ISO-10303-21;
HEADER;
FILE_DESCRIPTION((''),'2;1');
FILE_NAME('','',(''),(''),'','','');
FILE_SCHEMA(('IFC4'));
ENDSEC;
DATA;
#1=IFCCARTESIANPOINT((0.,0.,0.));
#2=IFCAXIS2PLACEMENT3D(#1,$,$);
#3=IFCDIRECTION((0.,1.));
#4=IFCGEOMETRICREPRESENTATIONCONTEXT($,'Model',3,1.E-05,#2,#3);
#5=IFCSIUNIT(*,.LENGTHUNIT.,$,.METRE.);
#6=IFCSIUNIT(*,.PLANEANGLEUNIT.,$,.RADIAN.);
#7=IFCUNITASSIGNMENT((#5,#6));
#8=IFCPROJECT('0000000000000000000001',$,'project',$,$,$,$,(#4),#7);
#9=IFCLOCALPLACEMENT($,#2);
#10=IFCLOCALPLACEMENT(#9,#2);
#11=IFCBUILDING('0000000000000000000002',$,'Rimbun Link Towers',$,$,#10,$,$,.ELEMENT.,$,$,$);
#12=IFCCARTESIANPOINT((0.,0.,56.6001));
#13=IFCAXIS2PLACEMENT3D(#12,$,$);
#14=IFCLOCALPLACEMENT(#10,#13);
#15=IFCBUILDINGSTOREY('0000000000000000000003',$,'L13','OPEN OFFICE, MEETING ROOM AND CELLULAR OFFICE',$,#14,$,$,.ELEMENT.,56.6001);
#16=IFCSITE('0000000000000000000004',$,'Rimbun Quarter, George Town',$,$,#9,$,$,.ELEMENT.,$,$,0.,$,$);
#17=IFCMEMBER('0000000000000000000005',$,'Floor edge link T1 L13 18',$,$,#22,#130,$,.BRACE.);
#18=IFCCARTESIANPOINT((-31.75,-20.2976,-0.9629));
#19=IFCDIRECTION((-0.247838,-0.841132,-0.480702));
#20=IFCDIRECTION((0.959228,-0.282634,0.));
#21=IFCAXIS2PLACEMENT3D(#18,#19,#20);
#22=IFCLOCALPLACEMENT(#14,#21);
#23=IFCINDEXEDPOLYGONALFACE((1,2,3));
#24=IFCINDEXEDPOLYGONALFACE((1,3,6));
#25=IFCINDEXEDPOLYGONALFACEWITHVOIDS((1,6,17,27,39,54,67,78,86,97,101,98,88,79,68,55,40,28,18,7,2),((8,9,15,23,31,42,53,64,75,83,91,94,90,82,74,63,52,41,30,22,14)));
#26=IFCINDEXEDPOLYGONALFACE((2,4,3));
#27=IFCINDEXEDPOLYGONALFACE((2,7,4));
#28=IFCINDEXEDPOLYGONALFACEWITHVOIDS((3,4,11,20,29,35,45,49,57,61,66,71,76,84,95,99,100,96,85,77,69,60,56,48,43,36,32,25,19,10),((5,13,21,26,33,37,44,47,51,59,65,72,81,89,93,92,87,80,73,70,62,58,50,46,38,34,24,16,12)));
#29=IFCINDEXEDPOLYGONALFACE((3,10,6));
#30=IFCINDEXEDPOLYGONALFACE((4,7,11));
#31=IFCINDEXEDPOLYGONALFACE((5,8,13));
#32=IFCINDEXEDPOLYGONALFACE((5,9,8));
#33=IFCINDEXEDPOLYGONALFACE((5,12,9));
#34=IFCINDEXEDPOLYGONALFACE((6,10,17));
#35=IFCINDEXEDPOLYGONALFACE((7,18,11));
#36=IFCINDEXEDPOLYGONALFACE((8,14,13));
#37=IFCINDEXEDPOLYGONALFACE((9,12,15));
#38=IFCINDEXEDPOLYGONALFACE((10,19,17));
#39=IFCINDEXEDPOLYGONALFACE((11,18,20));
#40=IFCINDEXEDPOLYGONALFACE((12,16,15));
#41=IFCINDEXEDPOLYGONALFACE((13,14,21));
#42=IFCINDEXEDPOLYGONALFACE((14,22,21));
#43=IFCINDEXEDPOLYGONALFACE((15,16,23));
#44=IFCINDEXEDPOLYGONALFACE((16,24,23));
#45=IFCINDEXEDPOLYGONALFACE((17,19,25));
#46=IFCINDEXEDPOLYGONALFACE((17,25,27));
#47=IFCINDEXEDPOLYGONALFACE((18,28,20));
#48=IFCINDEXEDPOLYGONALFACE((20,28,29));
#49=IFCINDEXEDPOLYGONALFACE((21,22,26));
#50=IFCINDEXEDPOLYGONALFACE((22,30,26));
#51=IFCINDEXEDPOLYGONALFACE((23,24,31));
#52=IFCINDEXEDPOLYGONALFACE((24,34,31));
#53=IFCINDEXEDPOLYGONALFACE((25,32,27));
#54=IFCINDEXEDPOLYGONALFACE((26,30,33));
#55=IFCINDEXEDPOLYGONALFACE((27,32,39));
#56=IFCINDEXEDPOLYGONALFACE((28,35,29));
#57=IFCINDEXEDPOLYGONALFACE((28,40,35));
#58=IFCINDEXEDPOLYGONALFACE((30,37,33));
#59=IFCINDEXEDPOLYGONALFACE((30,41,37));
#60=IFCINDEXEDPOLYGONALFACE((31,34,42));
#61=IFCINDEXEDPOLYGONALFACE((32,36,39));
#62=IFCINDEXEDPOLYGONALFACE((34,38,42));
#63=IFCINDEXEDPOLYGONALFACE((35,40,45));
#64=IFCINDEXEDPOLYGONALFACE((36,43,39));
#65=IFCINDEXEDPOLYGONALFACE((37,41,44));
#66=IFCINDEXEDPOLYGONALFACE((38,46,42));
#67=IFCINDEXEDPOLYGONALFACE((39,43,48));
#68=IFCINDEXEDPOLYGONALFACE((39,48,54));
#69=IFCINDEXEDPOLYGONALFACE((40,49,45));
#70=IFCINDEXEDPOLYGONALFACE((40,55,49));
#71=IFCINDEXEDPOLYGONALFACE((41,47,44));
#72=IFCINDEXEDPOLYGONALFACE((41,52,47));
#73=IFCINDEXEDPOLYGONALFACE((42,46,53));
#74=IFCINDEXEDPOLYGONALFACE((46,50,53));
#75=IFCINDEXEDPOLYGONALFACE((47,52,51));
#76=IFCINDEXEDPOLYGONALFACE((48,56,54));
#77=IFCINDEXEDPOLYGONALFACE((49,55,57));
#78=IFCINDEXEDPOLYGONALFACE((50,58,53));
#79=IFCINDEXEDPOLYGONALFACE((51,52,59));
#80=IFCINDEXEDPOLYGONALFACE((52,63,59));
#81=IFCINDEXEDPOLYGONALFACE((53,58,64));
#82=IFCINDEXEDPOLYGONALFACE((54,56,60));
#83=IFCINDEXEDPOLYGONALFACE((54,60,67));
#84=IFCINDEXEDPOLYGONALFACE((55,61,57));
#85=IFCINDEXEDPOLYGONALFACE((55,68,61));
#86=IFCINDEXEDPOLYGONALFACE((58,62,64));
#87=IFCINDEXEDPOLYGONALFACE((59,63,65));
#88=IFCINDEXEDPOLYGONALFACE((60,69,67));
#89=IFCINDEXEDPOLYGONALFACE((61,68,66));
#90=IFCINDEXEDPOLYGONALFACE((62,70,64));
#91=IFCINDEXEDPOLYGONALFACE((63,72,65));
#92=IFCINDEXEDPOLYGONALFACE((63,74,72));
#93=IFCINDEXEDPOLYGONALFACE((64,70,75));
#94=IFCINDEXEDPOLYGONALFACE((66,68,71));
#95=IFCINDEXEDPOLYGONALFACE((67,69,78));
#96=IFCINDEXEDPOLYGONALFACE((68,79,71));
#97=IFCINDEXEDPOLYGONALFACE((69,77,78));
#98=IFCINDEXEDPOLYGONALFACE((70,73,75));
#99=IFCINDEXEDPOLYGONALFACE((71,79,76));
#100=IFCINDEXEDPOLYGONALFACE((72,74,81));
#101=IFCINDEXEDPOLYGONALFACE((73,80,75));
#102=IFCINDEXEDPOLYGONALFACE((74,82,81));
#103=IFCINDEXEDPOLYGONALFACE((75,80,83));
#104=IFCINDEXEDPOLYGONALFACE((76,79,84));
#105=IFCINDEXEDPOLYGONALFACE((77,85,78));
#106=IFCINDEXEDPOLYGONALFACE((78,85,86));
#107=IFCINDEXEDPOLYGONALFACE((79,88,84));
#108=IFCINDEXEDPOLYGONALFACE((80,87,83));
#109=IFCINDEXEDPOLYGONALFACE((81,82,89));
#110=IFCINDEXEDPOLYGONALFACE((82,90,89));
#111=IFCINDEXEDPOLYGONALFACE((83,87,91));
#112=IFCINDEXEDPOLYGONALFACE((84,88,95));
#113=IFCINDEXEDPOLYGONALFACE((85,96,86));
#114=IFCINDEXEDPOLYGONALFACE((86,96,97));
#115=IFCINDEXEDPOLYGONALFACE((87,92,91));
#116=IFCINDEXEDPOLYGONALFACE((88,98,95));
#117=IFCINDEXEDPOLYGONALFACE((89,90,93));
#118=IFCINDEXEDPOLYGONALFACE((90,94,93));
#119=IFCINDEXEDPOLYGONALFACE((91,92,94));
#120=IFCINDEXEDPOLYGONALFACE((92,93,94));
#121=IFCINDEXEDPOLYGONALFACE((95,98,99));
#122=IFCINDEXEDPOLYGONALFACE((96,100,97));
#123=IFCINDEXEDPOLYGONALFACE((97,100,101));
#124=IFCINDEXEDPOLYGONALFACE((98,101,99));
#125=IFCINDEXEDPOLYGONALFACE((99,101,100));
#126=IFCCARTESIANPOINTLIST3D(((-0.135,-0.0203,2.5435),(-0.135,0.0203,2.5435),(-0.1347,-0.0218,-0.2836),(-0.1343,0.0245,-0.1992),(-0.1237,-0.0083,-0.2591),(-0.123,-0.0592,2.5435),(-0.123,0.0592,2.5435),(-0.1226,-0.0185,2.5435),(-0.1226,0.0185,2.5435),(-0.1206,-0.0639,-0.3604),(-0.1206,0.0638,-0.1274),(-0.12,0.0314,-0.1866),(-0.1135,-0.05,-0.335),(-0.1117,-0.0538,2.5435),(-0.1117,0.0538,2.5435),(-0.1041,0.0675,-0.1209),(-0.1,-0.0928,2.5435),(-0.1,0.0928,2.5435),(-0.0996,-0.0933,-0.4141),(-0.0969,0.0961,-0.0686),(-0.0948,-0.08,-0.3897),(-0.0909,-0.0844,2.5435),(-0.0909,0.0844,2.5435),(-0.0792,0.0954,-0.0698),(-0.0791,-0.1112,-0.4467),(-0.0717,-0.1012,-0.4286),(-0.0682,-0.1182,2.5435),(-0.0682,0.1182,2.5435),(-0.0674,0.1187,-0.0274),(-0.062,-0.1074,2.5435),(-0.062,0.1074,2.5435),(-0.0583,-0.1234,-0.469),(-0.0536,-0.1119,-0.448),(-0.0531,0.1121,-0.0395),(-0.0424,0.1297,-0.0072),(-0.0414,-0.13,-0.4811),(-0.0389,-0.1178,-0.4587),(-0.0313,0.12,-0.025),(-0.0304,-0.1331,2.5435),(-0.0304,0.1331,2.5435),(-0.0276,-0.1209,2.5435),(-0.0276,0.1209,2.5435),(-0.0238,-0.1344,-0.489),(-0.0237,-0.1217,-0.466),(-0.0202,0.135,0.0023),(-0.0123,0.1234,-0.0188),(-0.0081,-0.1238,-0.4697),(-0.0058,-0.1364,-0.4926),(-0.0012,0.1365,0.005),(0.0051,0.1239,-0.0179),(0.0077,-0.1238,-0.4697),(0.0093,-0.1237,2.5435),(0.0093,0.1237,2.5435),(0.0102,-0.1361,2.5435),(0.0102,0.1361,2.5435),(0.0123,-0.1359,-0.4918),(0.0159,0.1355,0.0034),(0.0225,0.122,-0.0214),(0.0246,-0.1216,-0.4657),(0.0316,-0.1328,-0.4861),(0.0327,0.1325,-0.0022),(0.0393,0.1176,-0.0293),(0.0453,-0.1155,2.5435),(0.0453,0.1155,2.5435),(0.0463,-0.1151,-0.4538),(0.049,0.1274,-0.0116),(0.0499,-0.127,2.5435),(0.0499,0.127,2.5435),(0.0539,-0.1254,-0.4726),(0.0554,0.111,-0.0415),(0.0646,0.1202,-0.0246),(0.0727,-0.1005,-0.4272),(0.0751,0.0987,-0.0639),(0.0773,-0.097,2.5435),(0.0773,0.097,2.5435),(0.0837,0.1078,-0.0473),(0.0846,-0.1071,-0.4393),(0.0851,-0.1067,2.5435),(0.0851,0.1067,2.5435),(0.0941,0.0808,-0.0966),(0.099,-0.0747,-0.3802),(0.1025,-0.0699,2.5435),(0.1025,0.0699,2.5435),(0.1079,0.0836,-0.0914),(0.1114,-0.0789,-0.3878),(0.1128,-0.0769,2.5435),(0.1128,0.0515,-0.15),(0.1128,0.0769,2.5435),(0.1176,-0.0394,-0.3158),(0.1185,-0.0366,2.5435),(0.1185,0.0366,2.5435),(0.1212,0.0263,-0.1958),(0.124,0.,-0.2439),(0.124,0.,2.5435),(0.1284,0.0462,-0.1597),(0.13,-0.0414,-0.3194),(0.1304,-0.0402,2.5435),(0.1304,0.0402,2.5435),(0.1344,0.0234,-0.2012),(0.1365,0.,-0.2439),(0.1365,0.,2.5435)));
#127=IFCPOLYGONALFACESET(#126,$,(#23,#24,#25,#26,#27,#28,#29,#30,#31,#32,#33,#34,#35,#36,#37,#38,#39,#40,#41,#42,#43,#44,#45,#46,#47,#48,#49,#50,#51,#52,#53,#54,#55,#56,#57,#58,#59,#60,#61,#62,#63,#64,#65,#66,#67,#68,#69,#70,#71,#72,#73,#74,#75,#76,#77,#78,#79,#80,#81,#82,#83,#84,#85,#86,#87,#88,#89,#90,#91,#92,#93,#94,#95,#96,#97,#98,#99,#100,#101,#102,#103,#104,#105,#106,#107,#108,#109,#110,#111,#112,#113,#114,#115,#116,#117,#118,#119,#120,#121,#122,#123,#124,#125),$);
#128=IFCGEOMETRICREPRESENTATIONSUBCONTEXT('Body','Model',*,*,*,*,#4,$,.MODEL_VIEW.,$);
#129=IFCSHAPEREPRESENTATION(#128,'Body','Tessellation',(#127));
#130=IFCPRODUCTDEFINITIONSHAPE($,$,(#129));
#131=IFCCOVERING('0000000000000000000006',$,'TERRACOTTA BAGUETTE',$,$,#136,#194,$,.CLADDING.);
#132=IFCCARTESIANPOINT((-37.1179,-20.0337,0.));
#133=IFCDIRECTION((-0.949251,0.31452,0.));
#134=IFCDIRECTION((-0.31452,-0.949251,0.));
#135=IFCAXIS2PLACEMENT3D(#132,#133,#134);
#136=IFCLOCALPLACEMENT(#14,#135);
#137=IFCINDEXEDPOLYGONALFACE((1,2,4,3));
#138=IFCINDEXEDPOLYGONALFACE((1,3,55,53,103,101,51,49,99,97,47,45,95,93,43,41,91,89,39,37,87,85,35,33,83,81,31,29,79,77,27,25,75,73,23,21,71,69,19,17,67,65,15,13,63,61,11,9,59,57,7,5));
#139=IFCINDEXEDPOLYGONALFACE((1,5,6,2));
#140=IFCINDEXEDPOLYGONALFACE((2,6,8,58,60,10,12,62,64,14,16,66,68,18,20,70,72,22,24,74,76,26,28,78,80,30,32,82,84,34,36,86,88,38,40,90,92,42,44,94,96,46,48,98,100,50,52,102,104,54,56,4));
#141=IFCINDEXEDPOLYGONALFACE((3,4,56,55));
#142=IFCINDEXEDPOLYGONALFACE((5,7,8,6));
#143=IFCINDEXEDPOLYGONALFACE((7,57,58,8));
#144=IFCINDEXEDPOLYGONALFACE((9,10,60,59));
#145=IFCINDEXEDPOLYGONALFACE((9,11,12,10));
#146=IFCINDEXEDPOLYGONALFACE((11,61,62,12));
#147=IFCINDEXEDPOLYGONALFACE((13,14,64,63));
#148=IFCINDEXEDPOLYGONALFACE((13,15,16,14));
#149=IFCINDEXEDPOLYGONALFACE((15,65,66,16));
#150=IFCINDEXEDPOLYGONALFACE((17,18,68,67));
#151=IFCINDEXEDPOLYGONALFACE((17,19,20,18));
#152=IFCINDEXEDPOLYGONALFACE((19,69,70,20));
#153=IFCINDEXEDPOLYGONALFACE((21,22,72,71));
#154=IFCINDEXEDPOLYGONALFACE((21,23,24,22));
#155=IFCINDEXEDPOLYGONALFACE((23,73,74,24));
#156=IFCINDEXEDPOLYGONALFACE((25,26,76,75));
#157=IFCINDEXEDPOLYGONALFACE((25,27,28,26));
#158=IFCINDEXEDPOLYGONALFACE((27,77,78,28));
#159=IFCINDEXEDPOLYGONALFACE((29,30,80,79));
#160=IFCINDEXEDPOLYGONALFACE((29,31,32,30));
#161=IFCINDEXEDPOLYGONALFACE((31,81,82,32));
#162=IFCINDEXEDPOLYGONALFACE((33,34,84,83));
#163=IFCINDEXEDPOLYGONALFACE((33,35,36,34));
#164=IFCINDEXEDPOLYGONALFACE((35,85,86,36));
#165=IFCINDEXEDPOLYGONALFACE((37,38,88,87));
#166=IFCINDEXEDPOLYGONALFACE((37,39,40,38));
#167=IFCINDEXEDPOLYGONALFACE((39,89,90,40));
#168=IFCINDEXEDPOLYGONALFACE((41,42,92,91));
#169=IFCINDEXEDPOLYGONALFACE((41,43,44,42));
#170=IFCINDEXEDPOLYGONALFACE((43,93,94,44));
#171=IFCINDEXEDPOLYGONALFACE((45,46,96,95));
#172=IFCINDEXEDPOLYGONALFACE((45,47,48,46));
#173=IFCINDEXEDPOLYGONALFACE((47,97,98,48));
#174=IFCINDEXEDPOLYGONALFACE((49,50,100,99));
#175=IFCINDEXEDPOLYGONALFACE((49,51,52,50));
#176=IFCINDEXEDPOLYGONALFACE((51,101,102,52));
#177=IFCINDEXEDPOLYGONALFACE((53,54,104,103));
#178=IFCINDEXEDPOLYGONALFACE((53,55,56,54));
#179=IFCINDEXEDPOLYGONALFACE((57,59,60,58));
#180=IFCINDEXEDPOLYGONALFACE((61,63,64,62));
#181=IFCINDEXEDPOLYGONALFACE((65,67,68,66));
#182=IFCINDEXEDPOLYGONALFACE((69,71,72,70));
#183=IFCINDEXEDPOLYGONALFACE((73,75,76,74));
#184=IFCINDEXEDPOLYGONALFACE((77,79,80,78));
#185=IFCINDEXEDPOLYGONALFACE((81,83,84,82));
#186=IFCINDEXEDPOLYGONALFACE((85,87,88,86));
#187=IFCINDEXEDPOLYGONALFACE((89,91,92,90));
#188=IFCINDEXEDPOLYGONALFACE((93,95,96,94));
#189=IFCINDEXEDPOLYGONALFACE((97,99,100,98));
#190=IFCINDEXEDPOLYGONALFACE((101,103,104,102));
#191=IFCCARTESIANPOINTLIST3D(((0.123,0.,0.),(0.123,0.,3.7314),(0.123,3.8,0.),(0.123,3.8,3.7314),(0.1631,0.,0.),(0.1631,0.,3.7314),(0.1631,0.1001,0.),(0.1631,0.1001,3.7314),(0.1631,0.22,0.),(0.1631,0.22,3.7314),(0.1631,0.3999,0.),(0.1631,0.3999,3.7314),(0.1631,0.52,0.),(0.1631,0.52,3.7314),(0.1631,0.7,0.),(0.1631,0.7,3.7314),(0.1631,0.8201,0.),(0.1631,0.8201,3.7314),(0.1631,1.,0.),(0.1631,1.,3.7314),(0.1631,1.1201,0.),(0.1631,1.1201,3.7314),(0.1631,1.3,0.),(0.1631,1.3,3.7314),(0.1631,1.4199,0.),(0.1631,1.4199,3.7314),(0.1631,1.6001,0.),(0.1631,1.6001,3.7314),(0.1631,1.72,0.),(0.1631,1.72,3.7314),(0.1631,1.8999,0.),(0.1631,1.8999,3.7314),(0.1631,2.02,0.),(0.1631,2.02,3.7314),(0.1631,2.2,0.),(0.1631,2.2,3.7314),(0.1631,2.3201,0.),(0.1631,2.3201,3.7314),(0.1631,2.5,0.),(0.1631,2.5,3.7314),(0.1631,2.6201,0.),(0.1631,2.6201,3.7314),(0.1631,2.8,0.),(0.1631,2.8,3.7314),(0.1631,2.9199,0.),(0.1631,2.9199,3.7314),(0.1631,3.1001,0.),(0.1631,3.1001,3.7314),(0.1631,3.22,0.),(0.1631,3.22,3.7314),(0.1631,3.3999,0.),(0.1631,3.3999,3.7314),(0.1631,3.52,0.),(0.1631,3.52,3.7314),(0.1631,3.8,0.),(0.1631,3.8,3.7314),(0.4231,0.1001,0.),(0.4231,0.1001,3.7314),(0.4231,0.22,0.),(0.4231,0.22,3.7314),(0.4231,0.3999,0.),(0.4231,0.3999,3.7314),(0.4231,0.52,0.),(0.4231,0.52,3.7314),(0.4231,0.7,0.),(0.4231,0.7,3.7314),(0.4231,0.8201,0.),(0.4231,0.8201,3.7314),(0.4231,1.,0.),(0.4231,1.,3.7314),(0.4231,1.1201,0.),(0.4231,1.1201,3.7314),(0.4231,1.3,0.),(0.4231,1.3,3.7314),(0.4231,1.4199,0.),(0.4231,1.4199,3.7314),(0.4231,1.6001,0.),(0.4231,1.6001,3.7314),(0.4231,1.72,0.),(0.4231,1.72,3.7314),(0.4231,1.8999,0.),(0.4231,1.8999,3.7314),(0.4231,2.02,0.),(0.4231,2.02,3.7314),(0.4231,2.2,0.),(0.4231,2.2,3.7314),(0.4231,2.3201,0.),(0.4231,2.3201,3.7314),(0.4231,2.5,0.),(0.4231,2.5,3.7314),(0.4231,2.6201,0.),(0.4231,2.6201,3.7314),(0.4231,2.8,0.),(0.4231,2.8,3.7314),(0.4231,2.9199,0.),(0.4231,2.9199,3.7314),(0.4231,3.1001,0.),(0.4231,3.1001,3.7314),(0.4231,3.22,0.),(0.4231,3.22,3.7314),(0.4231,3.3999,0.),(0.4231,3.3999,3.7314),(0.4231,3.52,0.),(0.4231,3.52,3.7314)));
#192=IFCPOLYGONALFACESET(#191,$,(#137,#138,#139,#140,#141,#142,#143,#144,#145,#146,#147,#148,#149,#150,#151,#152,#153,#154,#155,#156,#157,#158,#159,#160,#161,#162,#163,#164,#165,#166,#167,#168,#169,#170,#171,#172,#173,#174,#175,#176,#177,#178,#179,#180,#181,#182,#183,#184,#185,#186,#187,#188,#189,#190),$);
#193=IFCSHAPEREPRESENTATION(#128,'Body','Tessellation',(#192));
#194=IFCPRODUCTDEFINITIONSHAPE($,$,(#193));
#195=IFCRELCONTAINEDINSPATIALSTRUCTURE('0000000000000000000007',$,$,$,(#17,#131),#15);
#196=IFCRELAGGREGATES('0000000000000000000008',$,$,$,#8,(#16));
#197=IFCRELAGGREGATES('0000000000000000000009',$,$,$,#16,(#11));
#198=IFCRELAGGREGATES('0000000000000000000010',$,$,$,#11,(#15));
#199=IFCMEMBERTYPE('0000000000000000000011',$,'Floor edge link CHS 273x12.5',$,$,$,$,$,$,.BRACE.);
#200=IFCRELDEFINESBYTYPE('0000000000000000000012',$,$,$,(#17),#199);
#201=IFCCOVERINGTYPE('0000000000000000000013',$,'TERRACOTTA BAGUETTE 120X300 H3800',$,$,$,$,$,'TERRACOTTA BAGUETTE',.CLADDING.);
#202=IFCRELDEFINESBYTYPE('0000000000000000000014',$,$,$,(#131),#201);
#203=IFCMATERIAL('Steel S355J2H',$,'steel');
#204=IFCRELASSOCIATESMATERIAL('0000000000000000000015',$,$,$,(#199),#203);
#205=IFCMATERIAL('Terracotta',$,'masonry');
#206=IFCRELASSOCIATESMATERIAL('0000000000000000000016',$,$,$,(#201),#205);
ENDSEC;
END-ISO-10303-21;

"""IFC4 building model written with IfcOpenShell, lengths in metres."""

from ifc_helpers import new_model, si_unit, direction, frame, origin, origin_2d, place, context, subcontext, project, spatial, polyline, hollow_circle, outline, extrude, clip, halfspace, material, material_profile, profile_set, type_object, element, save


model = new_model("IFC4")

# Units and contexts
model_context = context("Model", 3, precision=1e-05, world=origin(), true_north=direction((0.0, 1.0)))
body_context = subcontext(model_context, "Body", "Model", "MODEL_VIEW")
ifc_project = project(units=[si_unit("LENGTHUNIT", "METRE"), si_unit("PLANEANGLEUNIT", "RADIAN")], contexts=[model_context])

# Site, building, storey
site_placement = place(None, origin())
site = spatial("IfcSite", under=ifc_project, at=site_placement, Name="Rimbun Quarter, George Town", CompositionType="ELEMENT", RefElevation=0.0)
building_placement = place(site_placement, origin())
building = spatial("IfcBuilding", under=site, at=building_placement, Name="Rimbun Link Towers", CompositionType="ELEMENT")
storey_placement = place(building_placement, frame((0.0, 0.0, 56.6001)))
storey = spatial("IfcBuildingStorey", under=building, at=storey_placement, Name="L13", Description="OPEN OFFICE, MEETING ROOM AND CELLULAR OFFICE", CompositionType="ELEMENT", Elevation=56.6001)

# Member
ifc_material_1 = material(Name="Steel S355J2H", Category="steel")
ifc_material_profile_1 = material_profile(ifc_material_1, hollow_circle(Radius=0.1365, WallThickness=0.0125, at=origin_2d()), Name="CHS 273x12.5")
ifc_profile_set_1 = profile_set([ifc_material_profile_1], Name="Steel S355J2H")
member_type_1 = type_object("IfcMemberType", Name="Floor edge link CHS 273x12.5", PredefinedType="BRACE", material=ifc_profile_set_1)
member_1_placement = place(storey_placement, frame((-31.75, -20.2976, -0.9629), z_axis=(-0.247838, -0.841132, -0.480702), x_axis=(0.959228, -0.282634, 0.0)))
element("IfcMember", 1, at=member_1_placement, inside=storey, type_object=member_type_1, Name="Floor edge link T1 L13 18", PredefinedType="BRACE", context=body_context, shape_type="Clipping", body=[
    clip(extrude(hollow_circle(Radius=0.1365, WallThickness=0.0125, at=origin_2d()), frame((0.0, 0.0, -0.5188)), (0.0, 0.0, 1.0), 3.0623), halfspace(frame((0.0, 0.0, -0.2439), z_axis=(0.0, 0.876884, -0.480702)), False)),
])

# Covering
ifc_material_2 = material(Name="Terracotta", Category="masonry")
ifc_material_profile_2 = material_profile(ifc_material_2, outline(polyline([(0.123, 0.0), (0.1631, 0.0), (0.1631, 0.1001), (0.4231, 0.1001), (0.4231, 0.22), (0.1631, 0.22), (0.1631, 0.3999), (0.4231, 0.3999), (0.4231, 0.52), (0.1631, 0.52), (0.1631, 0.7), (0.4231, 0.7), (0.4231, 0.8201), (0.1631, 0.8201), (0.1631, 1.0), (0.4231, 1.0), (0.4231, 1.1201), (0.1631, 1.1201), (0.1631, 1.3), (0.4231, 1.3), (0.4231, 1.4199), (0.1631, 1.4199), (0.1631, 1.6001), (0.4231, 1.6001), (0.4231, 1.72), (0.1631, 1.72), (0.1631, 1.8999), (0.4231, 1.8999), (0.4231, 2.02), (0.1631, 2.02), (0.1631, 2.2), (0.4231, 2.2), (0.4231, 2.3201), (0.1631, 2.3201), (0.1631, 2.5), (0.4231, 2.5), (0.4231, 2.6201), (0.1631, 2.6201), (0.1631, 2.8), (0.4231, 2.8), (0.4231, 2.9199), (0.1631, 2.9199), (0.1631, 3.1001), (0.4231, 3.1001), (0.4231, 3.22), (0.1631, 3.22), (0.1631, 3.3999), (0.4231, 3.3999), (0.4231, 3.52), (0.1631, 3.52), (0.1631, 3.8), (0.123, 3.8), (0.123, 0.0)])), Name="BAGUETTE 120X300")
ifc_profile_set_2 = profile_set([ifc_material_profile_2], Name="Terracotta")
covering_type = type_object("IfcCoveringType", Name="TERRACOTTA BAGUETTE 120X300 H3800", ElementType="TERRACOTTA BAGUETTE", PredefinedType="CLADDING", material=ifc_profile_set_2)
covering_1_placement = place(storey_placement, frame((-37.1179, -20.0337, 0.0), z_axis=(-0.949251, 0.31452, 0.0), x_axis=(-0.31452, -0.949251, 0.0)))
element("IfcCovering", 2, at=covering_1_placement, inside=storey, type_object=covering_type, Name="TERRACOTTA BAGUETTE", PredefinedType="CLADDING", context=body_context, shape_type="SweptSolid", body=[
    extrude(outline(polyline([(0.123, 0.0), (0.1631, 0.0), (0.1631, 0.1001), (0.4231, 0.1001), (0.4231, 0.22), (0.1631, 0.22), (0.1631, 0.3999), (0.4231, 0.3999), (0.4231, 0.52), (0.1631, 0.52), (0.1631, 0.7), (0.4231, 0.7), (0.4231, 0.8201), (0.1631, 0.8201), (0.1631, 1.0), (0.4231, 1.0), (0.4231, 1.1201), (0.1631, 1.1201), (0.1631, 1.3), (0.4231, 1.3), (0.4231, 1.4199), (0.1631, 1.4199), (0.1631, 1.6001), (0.4231, 1.6001), (0.4231, 1.72), (0.1631, 1.72), (0.1631, 1.8999), (0.4231, 1.8999), (0.4231, 2.02), (0.1631, 2.02), (0.1631, 2.2), (0.4231, 2.2), (0.4231, 2.3201), (0.1631, 2.3201), (0.1631, 2.5), (0.4231, 2.5), (0.4231, 2.6201), (0.1631, 2.6201), (0.1631, 2.8), (0.4231, 2.8), (0.4231, 2.9199), (0.1631, 2.9199), (0.1631, 3.1001), (0.4231, 3.1001), (0.4231, 3.22), (0.1631, 3.22), (0.1631, 3.3999), (0.4231, 3.3999), (0.4231, 3.52), (0.1631, 3.52), (0.1631, 3.8), (0.123, 3.8), (0.123, 0.0)])), origin(), (0.0, 0.0, 1.0), 3.7314),
])

save(model, "model.ifc")
